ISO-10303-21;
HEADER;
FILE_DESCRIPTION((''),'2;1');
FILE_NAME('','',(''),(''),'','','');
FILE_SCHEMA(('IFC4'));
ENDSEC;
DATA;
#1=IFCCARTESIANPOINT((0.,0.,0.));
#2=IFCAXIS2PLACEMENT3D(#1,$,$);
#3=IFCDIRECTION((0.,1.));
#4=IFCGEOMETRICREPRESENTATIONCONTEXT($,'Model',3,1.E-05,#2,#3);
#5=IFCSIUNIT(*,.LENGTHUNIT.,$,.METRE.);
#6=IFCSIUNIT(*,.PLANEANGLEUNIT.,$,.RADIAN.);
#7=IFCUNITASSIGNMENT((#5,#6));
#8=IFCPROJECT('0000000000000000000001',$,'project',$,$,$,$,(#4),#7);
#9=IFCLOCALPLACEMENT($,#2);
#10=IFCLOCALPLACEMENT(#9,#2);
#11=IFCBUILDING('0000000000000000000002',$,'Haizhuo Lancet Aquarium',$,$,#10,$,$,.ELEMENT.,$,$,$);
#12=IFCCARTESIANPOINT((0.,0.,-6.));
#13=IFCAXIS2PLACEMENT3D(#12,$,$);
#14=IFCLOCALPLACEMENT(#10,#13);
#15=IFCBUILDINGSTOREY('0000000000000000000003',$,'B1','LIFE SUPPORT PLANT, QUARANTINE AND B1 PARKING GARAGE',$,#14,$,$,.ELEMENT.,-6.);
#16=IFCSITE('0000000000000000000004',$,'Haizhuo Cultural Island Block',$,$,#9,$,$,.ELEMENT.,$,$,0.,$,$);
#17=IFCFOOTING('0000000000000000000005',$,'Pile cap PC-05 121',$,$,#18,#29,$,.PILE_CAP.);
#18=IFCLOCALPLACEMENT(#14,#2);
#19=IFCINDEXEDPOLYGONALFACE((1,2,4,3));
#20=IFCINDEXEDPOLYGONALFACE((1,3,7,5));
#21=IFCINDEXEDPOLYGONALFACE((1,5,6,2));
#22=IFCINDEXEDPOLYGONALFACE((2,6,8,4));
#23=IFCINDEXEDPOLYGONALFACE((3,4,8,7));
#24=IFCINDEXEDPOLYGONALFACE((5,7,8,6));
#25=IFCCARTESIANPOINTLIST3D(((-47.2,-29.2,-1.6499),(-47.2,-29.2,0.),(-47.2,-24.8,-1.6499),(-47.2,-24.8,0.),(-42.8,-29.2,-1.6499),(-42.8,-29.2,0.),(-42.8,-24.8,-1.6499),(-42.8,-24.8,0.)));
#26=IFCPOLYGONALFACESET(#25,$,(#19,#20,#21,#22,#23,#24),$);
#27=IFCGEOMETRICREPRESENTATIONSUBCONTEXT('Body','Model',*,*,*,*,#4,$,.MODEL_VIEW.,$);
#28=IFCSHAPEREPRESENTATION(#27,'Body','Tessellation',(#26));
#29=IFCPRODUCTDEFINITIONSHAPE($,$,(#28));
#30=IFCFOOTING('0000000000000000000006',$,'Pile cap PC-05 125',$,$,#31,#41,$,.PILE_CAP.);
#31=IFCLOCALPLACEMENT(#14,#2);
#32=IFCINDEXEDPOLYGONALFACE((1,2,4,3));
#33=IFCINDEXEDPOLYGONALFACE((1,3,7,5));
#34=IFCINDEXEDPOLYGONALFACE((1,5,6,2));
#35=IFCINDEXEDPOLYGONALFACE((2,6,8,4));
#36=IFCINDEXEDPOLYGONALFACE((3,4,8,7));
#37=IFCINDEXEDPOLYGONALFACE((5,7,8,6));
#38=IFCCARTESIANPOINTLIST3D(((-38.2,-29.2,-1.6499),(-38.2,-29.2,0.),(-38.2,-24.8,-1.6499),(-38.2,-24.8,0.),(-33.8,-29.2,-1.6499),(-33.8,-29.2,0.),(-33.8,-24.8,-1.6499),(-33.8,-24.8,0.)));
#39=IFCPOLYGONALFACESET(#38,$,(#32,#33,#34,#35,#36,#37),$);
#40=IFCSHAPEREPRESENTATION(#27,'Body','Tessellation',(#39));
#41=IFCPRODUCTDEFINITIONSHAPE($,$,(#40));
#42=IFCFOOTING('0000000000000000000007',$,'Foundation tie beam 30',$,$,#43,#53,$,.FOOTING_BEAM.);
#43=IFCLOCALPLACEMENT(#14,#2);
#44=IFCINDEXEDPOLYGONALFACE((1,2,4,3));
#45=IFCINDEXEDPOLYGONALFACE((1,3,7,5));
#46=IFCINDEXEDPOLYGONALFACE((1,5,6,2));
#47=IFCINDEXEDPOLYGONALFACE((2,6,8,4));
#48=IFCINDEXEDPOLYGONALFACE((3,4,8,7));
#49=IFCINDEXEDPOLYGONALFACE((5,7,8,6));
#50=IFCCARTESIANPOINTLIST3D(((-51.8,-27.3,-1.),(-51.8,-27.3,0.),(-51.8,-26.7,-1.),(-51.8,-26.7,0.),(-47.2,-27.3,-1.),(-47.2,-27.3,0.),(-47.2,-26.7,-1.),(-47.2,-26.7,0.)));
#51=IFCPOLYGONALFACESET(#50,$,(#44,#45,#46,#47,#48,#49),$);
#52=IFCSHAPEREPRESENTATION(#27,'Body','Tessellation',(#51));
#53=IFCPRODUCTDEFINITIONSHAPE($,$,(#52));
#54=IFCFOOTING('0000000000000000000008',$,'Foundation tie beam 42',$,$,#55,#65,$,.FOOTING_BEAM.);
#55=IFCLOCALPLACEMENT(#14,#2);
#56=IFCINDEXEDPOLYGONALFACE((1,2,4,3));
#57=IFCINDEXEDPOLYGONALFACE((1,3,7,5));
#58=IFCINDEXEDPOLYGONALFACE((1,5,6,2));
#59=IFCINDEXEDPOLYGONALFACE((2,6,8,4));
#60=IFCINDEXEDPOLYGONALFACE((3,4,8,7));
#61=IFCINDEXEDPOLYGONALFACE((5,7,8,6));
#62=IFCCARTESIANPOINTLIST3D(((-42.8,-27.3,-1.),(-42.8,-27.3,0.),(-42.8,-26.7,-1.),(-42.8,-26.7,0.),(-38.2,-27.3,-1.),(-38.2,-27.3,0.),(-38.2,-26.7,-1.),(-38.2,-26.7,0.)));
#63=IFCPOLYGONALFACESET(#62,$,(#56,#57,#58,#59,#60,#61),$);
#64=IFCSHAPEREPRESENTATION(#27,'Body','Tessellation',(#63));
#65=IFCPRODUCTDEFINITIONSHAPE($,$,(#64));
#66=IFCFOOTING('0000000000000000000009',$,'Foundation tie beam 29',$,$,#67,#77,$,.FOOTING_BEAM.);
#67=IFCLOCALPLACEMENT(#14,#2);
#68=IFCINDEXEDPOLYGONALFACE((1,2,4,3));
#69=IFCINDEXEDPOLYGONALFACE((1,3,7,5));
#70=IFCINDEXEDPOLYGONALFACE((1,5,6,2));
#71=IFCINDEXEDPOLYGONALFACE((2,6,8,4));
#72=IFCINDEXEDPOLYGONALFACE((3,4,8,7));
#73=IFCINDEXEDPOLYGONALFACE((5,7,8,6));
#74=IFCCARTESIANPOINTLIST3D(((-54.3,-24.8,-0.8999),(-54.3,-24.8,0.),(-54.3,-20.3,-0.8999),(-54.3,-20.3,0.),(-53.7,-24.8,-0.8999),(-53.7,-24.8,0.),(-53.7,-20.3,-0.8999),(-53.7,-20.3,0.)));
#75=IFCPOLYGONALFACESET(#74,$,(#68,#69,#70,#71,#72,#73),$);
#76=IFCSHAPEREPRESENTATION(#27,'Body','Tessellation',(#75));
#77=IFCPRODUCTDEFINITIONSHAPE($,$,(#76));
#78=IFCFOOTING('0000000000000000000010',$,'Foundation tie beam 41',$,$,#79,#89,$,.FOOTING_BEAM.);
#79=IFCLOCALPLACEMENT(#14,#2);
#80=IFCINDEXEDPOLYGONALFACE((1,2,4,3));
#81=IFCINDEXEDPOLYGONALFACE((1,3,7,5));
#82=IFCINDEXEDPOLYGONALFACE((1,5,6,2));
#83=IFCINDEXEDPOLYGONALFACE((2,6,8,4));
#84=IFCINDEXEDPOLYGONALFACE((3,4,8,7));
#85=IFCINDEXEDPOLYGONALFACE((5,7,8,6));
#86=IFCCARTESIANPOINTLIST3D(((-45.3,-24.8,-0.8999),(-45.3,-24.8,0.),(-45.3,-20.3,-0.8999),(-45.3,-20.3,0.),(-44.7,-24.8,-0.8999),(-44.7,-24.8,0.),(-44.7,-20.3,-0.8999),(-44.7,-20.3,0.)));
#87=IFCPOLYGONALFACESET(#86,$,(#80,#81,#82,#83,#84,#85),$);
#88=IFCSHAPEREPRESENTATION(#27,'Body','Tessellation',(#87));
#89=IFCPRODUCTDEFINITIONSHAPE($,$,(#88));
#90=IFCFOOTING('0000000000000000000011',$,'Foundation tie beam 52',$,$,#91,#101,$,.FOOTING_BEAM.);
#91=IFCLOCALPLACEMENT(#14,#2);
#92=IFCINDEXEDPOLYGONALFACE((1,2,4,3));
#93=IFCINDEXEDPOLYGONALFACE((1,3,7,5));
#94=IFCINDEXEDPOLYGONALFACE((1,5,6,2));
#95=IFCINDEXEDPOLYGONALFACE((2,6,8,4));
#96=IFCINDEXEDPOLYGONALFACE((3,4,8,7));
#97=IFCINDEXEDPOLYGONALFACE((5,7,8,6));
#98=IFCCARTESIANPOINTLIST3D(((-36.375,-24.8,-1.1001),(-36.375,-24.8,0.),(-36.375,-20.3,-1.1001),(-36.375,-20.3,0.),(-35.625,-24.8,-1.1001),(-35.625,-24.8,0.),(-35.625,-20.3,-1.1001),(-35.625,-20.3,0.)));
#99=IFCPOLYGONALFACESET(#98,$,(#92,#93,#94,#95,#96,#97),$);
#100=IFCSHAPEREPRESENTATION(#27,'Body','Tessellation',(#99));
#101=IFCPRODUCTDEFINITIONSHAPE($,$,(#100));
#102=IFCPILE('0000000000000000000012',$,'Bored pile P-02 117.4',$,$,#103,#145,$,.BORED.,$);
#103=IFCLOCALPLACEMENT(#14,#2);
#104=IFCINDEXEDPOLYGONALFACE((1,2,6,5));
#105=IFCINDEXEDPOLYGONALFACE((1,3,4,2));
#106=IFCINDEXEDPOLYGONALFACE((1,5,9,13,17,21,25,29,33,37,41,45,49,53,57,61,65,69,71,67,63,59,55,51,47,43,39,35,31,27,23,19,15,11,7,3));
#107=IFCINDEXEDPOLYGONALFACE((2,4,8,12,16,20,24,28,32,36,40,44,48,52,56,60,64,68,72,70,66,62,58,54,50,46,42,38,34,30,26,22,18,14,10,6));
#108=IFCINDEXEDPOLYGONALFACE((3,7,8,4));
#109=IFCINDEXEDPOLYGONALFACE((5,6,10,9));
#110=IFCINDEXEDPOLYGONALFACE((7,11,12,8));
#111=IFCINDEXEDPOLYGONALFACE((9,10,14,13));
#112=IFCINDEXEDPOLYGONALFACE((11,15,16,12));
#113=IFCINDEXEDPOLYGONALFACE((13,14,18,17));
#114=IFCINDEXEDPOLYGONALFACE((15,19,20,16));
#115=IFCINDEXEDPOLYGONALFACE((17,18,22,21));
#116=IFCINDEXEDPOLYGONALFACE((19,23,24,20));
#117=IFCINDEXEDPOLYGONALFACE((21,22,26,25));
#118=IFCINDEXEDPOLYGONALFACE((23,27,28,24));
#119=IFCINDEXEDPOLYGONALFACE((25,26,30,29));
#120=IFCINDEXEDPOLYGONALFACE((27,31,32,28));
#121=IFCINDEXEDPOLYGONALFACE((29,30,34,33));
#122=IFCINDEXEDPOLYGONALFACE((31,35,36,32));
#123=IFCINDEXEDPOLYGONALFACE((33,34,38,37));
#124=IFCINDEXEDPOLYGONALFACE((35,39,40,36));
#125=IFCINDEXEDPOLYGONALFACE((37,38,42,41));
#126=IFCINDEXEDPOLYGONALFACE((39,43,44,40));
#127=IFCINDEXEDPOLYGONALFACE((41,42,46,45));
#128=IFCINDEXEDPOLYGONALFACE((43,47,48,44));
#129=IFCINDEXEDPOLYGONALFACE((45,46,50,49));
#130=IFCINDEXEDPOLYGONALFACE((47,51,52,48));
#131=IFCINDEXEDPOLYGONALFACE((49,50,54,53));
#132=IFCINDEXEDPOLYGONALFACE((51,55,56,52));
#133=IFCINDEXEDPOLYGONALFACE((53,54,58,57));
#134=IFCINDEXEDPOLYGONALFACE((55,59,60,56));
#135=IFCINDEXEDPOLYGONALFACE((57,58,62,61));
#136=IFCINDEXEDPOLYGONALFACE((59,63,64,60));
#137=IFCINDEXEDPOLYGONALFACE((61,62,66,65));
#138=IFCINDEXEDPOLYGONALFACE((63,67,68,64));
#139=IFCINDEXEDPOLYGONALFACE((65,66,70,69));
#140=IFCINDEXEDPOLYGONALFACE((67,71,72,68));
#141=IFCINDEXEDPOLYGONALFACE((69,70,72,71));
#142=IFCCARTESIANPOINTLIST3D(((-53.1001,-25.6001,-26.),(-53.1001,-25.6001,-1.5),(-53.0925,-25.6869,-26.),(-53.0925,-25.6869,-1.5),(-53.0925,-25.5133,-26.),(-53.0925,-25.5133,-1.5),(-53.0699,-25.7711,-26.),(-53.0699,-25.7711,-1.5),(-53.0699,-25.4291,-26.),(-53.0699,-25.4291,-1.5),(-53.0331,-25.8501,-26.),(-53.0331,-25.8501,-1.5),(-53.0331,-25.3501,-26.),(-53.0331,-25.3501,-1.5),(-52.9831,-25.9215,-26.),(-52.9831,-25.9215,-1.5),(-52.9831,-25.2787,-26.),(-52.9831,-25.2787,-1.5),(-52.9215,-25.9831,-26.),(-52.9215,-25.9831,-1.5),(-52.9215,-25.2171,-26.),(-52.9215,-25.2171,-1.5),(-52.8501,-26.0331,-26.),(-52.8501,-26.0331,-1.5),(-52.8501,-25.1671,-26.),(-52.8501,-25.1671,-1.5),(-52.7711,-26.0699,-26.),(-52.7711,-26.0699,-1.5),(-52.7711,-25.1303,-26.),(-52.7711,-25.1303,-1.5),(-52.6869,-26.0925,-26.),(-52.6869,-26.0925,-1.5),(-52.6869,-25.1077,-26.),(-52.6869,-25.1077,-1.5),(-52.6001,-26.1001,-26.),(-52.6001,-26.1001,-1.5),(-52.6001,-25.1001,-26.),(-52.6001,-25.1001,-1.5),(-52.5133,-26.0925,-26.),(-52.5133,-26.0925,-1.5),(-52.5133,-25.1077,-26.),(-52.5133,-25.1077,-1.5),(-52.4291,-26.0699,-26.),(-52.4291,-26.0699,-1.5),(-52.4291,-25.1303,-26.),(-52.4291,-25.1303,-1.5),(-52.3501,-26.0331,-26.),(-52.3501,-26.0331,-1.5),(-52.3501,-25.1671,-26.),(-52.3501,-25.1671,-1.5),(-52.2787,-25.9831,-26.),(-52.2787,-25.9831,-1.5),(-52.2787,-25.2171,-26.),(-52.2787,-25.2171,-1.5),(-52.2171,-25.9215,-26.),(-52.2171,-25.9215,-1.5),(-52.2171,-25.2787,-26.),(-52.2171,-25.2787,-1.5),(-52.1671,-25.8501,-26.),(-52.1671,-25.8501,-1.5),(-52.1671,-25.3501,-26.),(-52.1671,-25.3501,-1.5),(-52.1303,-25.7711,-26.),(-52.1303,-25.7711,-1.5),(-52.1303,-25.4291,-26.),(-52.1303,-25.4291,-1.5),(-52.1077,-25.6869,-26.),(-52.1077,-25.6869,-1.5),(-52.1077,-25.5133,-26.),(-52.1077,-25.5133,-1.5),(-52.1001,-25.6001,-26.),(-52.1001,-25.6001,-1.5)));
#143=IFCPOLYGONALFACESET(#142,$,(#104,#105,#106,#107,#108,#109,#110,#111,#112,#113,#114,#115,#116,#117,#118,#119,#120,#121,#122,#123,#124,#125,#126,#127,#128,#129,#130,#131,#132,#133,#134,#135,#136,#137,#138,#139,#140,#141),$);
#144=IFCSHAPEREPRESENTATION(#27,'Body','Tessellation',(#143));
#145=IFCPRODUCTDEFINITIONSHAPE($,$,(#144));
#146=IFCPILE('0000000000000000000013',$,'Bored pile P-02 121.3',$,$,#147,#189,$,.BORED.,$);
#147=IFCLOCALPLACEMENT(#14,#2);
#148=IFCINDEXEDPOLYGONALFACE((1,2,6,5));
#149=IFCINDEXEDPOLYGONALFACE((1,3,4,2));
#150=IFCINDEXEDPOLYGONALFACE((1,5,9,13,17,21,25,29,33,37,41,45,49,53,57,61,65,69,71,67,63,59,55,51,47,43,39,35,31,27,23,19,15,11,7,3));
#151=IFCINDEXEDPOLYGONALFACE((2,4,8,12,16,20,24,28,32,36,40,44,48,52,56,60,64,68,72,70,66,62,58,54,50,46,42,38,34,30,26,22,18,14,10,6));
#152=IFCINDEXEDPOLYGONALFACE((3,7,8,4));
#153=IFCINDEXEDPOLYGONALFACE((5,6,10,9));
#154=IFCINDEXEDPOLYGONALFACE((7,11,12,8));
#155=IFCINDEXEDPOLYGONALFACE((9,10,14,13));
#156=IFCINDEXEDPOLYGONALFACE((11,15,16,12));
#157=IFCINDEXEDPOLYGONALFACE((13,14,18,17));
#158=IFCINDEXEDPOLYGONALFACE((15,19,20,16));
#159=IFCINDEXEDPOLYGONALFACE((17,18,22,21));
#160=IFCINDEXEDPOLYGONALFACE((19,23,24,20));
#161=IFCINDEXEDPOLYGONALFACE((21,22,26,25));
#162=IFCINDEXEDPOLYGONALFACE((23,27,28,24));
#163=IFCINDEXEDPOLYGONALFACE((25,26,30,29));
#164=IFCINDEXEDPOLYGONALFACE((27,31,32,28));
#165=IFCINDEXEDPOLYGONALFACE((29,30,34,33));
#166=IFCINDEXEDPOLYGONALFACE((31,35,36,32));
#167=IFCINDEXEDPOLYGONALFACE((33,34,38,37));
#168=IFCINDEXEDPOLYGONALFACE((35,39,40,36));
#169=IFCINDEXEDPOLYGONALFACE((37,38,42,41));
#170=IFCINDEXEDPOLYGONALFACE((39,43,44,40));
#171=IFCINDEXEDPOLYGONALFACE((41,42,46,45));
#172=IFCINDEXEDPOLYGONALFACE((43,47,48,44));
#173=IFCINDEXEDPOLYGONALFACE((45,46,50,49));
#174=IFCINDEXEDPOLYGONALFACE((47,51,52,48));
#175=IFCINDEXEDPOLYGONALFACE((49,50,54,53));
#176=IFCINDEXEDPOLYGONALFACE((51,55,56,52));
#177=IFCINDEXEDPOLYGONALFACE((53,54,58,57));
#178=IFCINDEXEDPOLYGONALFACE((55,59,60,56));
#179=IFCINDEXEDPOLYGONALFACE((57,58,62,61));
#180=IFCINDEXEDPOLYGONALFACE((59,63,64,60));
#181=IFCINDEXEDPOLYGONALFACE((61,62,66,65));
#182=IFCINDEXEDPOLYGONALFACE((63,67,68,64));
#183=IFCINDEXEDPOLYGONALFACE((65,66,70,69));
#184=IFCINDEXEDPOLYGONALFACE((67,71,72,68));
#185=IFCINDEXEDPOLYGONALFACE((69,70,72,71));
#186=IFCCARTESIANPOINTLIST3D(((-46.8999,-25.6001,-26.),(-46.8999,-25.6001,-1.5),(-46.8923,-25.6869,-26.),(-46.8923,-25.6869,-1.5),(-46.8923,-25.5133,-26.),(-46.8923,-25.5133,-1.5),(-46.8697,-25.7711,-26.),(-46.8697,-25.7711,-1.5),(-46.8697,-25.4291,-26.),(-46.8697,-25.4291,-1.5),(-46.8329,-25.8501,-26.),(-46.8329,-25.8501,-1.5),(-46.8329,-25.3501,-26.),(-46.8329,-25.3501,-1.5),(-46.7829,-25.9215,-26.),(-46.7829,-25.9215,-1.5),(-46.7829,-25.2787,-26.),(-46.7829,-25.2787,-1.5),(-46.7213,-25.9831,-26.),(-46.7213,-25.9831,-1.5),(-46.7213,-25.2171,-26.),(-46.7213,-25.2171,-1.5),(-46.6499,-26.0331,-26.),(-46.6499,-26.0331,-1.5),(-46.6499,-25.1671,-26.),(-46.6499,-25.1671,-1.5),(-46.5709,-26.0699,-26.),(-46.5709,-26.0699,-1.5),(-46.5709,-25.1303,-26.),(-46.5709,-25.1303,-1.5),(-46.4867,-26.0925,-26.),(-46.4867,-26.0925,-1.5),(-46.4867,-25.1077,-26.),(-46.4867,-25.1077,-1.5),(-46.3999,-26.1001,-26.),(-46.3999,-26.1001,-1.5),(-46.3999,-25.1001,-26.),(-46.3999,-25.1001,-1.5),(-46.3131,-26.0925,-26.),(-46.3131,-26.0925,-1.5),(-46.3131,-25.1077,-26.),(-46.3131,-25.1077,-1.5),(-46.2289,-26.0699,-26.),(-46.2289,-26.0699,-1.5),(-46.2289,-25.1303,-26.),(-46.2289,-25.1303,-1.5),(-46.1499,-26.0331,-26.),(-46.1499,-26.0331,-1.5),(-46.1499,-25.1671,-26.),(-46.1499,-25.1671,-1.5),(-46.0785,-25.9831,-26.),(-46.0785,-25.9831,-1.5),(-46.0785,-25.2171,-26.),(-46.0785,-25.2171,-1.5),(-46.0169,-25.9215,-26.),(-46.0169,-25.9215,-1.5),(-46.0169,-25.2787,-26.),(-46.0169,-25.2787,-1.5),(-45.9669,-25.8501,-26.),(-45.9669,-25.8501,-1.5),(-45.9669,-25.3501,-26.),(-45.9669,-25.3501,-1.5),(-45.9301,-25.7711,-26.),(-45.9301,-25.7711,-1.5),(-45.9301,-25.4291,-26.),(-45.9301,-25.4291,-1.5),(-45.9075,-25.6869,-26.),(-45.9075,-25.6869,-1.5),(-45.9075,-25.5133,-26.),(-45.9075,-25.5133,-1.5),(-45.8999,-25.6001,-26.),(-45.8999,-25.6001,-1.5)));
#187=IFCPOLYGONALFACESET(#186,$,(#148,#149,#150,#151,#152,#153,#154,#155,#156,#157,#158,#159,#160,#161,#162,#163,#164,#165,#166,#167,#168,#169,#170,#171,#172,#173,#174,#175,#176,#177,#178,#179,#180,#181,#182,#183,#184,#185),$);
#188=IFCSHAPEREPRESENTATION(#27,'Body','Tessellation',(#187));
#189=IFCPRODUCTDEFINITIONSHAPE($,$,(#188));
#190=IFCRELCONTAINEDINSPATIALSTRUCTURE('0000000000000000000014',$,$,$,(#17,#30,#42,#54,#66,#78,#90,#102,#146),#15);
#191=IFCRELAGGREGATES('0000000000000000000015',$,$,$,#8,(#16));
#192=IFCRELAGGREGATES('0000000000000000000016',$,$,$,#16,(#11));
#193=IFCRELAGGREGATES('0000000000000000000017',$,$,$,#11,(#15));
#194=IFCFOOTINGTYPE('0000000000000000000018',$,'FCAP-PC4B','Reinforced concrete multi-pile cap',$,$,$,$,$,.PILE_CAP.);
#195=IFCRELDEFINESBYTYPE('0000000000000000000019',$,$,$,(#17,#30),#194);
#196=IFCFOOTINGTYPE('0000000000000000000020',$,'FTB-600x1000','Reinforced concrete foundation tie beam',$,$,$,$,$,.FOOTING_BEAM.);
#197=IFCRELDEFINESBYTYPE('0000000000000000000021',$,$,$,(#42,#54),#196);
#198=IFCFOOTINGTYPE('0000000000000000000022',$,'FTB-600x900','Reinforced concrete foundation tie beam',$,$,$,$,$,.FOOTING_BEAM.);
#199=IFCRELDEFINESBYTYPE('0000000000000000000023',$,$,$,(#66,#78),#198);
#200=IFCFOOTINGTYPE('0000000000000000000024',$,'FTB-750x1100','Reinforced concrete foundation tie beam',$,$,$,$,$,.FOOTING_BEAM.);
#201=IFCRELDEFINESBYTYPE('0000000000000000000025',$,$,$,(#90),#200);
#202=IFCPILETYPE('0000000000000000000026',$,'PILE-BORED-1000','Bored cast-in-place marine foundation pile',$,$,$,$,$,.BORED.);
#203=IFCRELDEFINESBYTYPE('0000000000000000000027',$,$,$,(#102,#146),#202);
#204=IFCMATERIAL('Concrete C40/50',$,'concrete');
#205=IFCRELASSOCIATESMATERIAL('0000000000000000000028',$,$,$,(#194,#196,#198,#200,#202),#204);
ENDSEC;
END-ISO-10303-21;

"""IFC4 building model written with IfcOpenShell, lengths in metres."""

from ifc_helpers import new_model, si_unit, direction, frame, origin, origin_2d, place, context, subcontext, project, spatial, rectangle, circle, extrude, material, material_profile, profile_set, type_object, element, save


model = new_model("IFC4")

# Units and contexts
model_context = context("Model", 3, precision=1e-05, world=origin(), true_north=direction((0.0, 1.0)))
body_context = subcontext(model_context, "Body", "Model", "MODEL_VIEW")
ifc_project = project(units=[si_unit("LENGTHUNIT", "METRE"), si_unit("PLANEANGLEUNIT", "RADIAN")], contexts=[model_context])

# Site, building, storey
site_placement = place(None, origin())
site = spatial("IfcSite", under=ifc_project, at=site_placement, Name="Haizhuo Cultural Island Block", CompositionType="ELEMENT", RefElevation=0.0)
building_placement = place(site_placement, origin())
building = spatial("IfcBuilding", under=site, at=building_placement, Name="Haizhuo Lancet Aquarium", CompositionType="ELEMENT")
storey_placement = place(building_placement, frame((0.0, 0.0, -6.0)))
storey = spatial("IfcBuildingStorey", under=building, at=storey_placement, Name="B1", Description="LIFE SUPPORT PLANT, QUARANTINE AND B1 PARKING GARAGE", CompositionType="ELEMENT", Elevation=-6.0)

# Footings
ifc_material_1 = material(Name="Concrete C40/50", Category="concrete")
footing_type_1 = type_object("IfcFootingType", Name="FCAP-PC4B", Description="Reinforced concrete multi-pile cap", PredefinedType="PILE_CAP", material=ifc_material_1)
for number, where, z_axis, x_axis, name in (
    (1, (-45.0, -27.0, -1.6499), (0.0, 0.0, 1.0), (1.0, 0.0, 0.0), "Pile cap PC-05 121"),
    (2, (-36.0, -27.0, -1.6499), (0.0, 0.0, 1.0), (1.0, 0.0, 0.0), "Pile cap PC-05 125"),
):
    element("IfcFooting", number, at=place(storey_placement, frame(where, z_axis=z_axis, x_axis=x_axis)), inside=storey, type_object=footing_type_1, Name=name, PredefinedType="PILE_CAP", context=body_context, shape_type="SweptSolid", body=[
        extrude(rectangle(XDim=4.3999, YDim=4.3999, at=origin_2d()), origin(), (0.0, 0.0, 1.0), 1.6499),
    ])
footing_type_2 = type_object("IfcFootingType", Name="FTB-600x1000", Description="Reinforced concrete foundation tie beam", PredefinedType="FOOTING_BEAM", material=ifc_material_1)
for number, where, z_axis, x_axis, name in (
    (3, (-49.5, -27.0, -1.0), (0.0, 0.0, 1.0), (1.0, 0.0, 0.0), "Foundation tie beam 30"),
    (4, (-40.5, -27.0, -1.0), (0.0, 0.0, 1.0), (1.0, 0.0, 0.0), "Foundation tie beam 42"),
):
    element("IfcFooting", number, at=place(storey_placement, frame(where, z_axis=z_axis, x_axis=x_axis)), inside=storey, type_object=footing_type_2, Name=name, PredefinedType="FOOTING_BEAM", context=body_context, shape_type="SweptSolid", body=[
        extrude(rectangle(XDim=4.6001, YDim=0.6001, at=origin_2d()), origin(), (0.0, 0.0, 1.0), 1.0),
    ])
footing_type_3 = type_object("IfcFootingType", Name="FTB-600x900", Description="Reinforced concrete foundation tie beam", PredefinedType="FOOTING_BEAM", material=ifc_material_1)
for number, where, z_axis, x_axis, name in (
    (5, (-54.0, -22.55, -0.8999), (0.0, 0.0, 1.0), (0.0, 1.0, 0.0), "Foundation tie beam 29"),
    (6, (-45.0, -22.55, -0.8999), (0.0, 0.0, 1.0), (0.0, 1.0, 0.0), "Foundation tie beam 41"),
):
    element("IfcFooting", number, at=place(storey_placement, frame(where, z_axis=z_axis, x_axis=x_axis)), inside=storey, type_object=footing_type_3, Name=name, PredefinedType="FOOTING_BEAM", context=body_context, shape_type="SweptSolid", body=[
        extrude(rectangle(XDim=4.5, YDim=0.6001, at=origin_2d()), origin(), (0.0, 0.0, 1.0), 0.8999),
    ])
footing_type_4 = type_object("IfcFootingType", Name="FTB-750x1100", Description="Reinforced concrete foundation tie beam", PredefinedType="FOOTING_BEAM", material=ifc_material_1)
footing_placement = place(storey_placement, frame((-36.0, -22.55, -1.1001), z_axis=(0.0, 0.0, 1.0), x_axis=(0.0, 1.0, 0.0)))
element("IfcFooting", 7, at=footing_placement, inside=storey, type_object=footing_type_4, Name="Foundation tie beam 52", PredefinedType="FOOTING_BEAM", context=body_context, shape_type="SweptSolid", body=[
    extrude(rectangle(XDim=4.5, YDim=0.75, at=origin_2d()), origin(), (0.0, 0.0, 1.0), 1.1001),
])

# Piles
ifc_material_profile_1 = material_profile(ifc_material_1, circle(Radius=0.5, at=origin_2d()), Name="PILE-1000")
ifc_profile_set_1 = profile_set([ifc_material_profile_1], Name="Concrete C40/50")
pile_type = type_object("IfcPileType", Name="PILE-BORED-1000", Description="Bored cast-in-place marine foundation pile", PredefinedType="BORED", material=ifc_profile_set_1)
for number, where, z_axis, x_axis, name in (
    (8, (-52.6001, -25.6001, -1.5), (0.0, 0.0, -1.0), (1.0, 0.0, 0.0), "Bored pile P-02 117.4"),
    (9, (-46.3999, -25.6001, -1.5), (0.0, 0.0, -1.0), (1.0, 0.0, 0.0), "Bored pile P-02 121.3"),
):
    element("IfcPile", number, at=place(storey_placement, frame(where, z_axis=z_axis, x_axis=x_axis)), inside=storey, type_object=pile_type, Name=name, PredefinedType="BORED", context=body_context, shape_type="SweptSolid", body=[
        extrude(circle(Radius=0.5, at=origin_2d()), origin(), (0.0, 0.0, 1.0), 24.5),
    ])

save(model, "model.ifc")
